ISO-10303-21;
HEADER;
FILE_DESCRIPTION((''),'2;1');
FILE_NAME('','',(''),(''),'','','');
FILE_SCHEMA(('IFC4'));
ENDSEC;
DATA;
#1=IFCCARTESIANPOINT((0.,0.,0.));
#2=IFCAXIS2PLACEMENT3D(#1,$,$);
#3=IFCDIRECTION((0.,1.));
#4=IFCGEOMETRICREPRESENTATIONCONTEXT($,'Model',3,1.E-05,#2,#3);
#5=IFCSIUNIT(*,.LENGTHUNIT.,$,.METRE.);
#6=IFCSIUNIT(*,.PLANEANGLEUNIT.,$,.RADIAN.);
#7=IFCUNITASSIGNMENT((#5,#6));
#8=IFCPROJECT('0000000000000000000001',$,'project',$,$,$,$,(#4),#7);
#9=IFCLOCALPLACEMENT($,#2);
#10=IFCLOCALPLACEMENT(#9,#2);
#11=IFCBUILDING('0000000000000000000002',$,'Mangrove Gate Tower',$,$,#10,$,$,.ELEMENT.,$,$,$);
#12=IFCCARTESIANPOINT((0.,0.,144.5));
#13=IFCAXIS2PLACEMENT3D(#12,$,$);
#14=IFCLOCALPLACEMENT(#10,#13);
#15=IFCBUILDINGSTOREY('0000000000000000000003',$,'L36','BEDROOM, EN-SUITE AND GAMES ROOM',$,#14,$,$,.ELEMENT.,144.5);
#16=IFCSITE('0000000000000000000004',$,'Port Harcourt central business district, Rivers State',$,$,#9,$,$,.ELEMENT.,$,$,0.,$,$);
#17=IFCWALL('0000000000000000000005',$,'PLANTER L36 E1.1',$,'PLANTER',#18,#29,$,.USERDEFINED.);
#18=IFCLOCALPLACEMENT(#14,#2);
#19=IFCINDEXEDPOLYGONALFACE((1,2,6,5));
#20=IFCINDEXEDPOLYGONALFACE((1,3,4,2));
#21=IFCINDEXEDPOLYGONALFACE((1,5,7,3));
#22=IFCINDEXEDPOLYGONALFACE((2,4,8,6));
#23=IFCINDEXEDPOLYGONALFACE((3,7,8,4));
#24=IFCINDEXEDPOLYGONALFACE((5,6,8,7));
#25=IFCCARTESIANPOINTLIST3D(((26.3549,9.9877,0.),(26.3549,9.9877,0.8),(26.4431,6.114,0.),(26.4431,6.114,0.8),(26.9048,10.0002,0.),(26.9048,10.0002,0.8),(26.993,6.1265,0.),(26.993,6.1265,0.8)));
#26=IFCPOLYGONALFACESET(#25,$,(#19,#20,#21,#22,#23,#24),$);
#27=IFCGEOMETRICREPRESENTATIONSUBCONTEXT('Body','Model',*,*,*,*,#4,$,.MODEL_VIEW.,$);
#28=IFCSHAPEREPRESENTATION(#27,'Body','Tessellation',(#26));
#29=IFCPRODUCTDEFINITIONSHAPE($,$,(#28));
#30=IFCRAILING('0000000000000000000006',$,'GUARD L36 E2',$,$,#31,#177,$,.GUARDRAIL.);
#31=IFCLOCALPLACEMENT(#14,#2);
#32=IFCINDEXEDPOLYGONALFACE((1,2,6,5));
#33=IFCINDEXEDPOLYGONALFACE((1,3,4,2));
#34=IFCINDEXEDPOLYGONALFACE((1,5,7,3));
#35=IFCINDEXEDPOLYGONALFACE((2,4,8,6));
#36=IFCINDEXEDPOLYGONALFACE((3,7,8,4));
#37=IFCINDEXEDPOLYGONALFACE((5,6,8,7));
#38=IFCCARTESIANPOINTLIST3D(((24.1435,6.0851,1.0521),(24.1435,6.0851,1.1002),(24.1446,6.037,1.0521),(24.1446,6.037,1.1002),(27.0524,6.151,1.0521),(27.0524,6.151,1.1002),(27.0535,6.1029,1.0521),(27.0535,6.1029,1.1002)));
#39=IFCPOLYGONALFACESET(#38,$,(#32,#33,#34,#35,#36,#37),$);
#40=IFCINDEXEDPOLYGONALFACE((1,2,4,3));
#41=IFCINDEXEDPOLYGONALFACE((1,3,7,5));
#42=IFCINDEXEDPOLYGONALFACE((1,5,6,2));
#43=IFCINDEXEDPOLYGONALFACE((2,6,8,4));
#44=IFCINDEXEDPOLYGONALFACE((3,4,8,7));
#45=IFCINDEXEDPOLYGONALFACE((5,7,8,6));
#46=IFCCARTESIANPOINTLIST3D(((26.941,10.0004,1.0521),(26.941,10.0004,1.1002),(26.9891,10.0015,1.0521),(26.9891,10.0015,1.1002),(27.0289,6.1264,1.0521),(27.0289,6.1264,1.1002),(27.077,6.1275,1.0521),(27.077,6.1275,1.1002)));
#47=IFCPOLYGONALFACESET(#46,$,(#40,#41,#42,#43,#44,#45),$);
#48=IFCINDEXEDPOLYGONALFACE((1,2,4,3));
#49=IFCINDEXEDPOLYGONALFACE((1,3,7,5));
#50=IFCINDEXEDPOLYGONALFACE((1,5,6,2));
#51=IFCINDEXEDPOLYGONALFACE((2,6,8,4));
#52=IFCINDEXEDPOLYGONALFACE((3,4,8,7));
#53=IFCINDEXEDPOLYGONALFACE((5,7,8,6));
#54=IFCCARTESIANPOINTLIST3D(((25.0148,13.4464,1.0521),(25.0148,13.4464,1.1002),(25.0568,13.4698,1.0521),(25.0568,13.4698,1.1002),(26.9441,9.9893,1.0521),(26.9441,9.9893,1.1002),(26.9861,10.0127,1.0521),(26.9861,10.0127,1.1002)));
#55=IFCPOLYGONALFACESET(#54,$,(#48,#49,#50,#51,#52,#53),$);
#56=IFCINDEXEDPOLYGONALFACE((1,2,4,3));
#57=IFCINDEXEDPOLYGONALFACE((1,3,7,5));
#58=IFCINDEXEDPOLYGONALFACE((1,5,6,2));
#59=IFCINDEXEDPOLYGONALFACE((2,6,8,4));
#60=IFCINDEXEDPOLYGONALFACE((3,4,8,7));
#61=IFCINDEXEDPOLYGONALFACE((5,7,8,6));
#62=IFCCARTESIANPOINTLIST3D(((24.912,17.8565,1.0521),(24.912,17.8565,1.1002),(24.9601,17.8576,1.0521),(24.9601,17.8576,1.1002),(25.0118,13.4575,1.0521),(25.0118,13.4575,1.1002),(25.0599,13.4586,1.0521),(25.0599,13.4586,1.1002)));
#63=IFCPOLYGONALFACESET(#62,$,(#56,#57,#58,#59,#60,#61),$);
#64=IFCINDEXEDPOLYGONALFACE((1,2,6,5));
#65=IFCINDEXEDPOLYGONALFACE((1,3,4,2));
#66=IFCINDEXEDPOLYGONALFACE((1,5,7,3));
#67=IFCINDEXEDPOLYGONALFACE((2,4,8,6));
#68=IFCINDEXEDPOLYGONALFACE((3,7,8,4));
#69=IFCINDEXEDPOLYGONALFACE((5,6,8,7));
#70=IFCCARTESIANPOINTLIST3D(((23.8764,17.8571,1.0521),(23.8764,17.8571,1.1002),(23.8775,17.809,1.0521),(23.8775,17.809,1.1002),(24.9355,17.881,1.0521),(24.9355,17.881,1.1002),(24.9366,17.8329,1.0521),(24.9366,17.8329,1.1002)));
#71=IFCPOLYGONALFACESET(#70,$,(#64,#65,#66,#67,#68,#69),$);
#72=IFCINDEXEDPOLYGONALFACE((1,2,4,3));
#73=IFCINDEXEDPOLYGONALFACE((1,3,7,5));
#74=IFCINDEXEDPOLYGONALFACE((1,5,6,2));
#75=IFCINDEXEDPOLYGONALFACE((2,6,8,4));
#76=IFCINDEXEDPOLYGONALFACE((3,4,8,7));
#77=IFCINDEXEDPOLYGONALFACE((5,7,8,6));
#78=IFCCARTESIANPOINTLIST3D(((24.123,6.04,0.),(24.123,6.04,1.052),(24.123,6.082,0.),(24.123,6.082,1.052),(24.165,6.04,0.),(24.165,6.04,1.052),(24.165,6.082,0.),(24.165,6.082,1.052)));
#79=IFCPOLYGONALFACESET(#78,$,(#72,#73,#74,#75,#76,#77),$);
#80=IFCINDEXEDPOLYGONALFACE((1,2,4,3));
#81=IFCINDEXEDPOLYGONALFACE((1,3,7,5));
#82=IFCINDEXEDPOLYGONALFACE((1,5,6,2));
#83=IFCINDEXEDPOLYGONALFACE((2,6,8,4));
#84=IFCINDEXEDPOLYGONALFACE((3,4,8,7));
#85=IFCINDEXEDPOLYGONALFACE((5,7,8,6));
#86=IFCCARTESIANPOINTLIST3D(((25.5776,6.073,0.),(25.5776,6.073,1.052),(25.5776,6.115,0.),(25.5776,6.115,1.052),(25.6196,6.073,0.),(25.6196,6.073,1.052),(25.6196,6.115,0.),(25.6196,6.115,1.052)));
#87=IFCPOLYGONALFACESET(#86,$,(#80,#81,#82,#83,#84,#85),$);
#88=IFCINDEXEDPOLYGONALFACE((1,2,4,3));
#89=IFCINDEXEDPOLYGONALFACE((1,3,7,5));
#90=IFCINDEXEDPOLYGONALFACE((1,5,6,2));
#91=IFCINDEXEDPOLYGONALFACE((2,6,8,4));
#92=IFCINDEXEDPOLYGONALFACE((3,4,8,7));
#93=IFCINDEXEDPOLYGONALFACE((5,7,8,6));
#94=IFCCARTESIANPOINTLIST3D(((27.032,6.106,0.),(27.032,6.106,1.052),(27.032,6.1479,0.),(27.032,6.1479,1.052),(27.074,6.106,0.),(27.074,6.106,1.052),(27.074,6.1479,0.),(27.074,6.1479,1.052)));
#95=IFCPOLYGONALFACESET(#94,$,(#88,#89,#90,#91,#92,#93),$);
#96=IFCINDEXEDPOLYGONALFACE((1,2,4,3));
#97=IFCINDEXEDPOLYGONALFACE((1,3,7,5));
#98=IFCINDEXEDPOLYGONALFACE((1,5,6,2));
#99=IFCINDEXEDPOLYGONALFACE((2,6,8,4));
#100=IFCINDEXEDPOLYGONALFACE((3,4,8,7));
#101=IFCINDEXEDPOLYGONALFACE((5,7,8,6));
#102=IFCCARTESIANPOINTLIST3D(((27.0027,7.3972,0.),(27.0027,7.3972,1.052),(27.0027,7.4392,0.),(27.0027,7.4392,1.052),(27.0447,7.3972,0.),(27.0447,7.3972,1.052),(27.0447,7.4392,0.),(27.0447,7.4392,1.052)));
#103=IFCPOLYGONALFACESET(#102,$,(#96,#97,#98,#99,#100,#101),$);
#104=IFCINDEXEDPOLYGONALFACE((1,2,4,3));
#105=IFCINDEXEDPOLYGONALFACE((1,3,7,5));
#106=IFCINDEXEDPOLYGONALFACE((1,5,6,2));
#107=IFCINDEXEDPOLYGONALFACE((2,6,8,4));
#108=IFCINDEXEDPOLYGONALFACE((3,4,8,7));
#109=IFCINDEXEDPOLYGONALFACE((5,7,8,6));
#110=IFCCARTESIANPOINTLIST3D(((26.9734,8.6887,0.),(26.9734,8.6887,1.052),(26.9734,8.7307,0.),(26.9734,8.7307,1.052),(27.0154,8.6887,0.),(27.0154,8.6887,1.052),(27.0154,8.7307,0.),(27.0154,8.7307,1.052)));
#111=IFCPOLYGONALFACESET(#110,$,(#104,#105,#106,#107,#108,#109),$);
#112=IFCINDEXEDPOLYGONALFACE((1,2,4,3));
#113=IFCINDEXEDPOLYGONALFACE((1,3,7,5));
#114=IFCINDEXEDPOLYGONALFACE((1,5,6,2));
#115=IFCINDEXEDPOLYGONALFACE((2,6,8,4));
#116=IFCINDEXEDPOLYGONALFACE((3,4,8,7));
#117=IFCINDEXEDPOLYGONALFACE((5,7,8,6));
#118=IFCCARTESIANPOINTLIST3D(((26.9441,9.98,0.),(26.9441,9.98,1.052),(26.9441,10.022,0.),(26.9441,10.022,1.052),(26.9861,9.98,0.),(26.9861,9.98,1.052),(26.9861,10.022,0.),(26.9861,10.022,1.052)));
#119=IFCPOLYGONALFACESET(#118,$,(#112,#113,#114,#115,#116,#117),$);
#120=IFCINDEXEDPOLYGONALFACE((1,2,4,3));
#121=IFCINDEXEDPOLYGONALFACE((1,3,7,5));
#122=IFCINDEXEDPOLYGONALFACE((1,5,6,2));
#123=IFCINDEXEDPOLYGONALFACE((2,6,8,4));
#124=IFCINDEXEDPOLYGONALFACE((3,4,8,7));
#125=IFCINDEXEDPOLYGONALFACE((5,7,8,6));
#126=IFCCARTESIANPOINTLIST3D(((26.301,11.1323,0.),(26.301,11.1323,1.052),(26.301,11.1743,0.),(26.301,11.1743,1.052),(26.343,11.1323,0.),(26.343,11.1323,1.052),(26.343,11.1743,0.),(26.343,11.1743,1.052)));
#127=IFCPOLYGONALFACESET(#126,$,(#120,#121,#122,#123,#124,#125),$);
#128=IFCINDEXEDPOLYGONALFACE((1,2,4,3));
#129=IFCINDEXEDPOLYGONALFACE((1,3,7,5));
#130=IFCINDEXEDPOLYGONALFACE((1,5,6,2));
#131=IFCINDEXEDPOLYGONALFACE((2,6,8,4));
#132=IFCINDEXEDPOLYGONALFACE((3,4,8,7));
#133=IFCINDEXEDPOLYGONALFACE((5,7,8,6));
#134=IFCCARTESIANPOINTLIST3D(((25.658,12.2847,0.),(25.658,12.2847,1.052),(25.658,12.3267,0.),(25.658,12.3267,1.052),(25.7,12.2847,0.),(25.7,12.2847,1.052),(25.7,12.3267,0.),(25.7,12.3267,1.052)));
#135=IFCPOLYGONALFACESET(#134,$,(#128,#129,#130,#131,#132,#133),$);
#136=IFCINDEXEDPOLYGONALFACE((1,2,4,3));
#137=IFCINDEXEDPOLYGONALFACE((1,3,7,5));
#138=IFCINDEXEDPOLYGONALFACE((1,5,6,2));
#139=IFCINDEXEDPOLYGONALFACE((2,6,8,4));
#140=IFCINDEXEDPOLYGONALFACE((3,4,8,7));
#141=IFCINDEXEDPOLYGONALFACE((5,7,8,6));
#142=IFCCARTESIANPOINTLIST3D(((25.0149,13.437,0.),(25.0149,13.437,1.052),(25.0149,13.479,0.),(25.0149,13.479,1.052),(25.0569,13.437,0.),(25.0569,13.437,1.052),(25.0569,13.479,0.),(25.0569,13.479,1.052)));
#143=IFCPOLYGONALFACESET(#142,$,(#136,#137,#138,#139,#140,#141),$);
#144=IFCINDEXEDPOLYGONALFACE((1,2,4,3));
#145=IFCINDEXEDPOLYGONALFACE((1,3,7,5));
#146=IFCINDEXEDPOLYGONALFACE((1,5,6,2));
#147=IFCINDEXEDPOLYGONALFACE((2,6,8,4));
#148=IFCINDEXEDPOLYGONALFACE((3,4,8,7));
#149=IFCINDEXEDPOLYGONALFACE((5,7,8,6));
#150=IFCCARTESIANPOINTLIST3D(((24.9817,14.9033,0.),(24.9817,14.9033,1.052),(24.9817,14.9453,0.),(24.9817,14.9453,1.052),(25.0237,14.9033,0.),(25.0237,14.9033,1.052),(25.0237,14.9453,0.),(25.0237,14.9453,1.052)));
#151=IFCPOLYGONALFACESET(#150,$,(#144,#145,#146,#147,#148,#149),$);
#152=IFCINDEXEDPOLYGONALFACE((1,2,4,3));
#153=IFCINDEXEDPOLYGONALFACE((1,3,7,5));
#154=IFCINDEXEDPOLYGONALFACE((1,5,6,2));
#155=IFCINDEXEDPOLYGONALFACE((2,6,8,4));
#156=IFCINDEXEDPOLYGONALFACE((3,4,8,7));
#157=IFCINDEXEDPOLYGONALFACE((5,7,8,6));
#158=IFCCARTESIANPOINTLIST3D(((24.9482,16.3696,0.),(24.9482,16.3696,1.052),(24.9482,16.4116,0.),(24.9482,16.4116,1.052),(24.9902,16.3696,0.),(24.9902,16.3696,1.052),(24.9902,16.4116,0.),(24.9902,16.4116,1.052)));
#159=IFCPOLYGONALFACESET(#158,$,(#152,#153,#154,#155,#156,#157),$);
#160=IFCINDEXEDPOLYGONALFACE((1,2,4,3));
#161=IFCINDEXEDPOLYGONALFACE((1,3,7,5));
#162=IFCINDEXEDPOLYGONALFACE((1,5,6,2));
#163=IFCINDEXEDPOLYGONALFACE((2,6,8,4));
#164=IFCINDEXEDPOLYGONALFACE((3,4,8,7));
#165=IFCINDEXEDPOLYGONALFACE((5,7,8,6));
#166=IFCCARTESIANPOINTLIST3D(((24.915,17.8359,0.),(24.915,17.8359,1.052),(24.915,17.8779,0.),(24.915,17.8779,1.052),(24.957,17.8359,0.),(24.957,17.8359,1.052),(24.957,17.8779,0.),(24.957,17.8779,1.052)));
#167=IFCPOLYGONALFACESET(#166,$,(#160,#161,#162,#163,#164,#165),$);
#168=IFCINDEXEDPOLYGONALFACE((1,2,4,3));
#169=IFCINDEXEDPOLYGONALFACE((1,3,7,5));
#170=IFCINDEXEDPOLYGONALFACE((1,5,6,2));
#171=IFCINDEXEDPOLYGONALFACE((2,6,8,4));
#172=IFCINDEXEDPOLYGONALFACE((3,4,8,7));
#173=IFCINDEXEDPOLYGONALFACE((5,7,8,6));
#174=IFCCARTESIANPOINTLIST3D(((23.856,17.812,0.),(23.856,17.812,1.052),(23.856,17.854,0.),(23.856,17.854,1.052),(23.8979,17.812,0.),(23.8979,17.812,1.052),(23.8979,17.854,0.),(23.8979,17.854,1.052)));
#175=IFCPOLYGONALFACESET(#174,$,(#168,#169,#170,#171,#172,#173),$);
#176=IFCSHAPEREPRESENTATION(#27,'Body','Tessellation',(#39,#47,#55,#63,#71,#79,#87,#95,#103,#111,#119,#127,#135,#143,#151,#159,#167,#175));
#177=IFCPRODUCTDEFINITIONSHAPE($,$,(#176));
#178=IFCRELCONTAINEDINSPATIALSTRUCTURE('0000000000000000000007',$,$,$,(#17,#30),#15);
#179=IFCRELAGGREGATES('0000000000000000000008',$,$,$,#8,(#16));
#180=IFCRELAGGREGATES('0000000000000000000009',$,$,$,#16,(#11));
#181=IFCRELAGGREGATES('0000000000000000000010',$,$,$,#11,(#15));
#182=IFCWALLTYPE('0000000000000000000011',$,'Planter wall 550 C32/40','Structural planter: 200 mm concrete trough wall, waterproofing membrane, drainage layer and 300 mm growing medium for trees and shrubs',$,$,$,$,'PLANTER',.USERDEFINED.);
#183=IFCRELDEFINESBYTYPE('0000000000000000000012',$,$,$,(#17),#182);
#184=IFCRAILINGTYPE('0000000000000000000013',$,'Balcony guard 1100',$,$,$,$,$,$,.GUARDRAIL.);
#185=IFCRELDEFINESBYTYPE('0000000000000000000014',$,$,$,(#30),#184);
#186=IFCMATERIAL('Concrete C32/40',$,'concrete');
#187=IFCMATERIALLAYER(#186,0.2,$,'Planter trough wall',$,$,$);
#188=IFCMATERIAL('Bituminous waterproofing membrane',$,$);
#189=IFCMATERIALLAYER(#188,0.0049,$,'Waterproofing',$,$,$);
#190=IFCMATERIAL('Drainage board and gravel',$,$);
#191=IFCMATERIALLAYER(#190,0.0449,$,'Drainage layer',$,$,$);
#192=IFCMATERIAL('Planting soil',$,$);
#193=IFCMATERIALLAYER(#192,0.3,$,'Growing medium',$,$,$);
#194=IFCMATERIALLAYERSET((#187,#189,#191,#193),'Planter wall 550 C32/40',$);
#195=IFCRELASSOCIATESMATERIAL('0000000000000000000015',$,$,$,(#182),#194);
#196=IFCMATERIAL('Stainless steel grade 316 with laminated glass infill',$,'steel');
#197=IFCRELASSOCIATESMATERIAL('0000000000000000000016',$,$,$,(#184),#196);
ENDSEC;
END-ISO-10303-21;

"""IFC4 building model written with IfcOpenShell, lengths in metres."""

from ifc_helpers import new_model, si_unit, direction, frame, frame_2d, origin, origin_2d, place, context, subcontext, project, spatial, rectangle, extrude, material, layer, layer_set, type_object, element, save


model = new_model("IFC4")

# Units and contexts
model_context = context("Model", 3, precision=1e-05, world=origin(), true_north=direction((0.0, 1.0)))
body_context = subcontext(model_context, "Body", "Model", "MODEL_VIEW")
ifc_project = project(units=[si_unit("LENGTHUNIT", "METRE"), si_unit("PLANEANGLEUNIT", "RADIAN")], contexts=[model_context])

# Site, building, storey
site_placement = place(None, origin())
site = spatial("IfcSite", under=ifc_project, at=site_placement, Name="Port Harcourt central business district, Rivers State", CompositionType="ELEMENT", RefElevation=0.0)
building_placement = place(site_placement, origin())
building = spatial("IfcBuilding", under=site, at=building_placement, Name="Mangrove Gate Tower", CompositionType="ELEMENT")
storey_placement = place(building_placement, frame((0.0, 0.0, 144.5)))
storey = spatial("IfcBuildingStorey", under=building, at=storey_placement, Name="L36", Description="BEDROOM, EN-SUITE AND GAMES ROOM", CompositionType="ELEMENT", Elevation=144.5)

# Wall
ifc_material_1 = material(Name="Concrete C32/40", Category="concrete")
ifc_layer_1 = layer(ifc_material_1, 0.2, Name="Planter trough wall")
ifc_material_2 = material(Name="Bituminous waterproofing membrane")
ifc_layer_2 = layer(ifc_material_2, 0.0049, Name="Waterproofing")
ifc_material_3 = material(Name="Drainage board and gravel")
ifc_layer_3 = layer(ifc_material_3, 0.0449, Name="Drainage layer")
ifc_material_4 = material(Name="Planting soil")
ifc_layer_4 = layer(ifc_material_4, 0.3, Name="Growing medium")
ifc_layer_set_1 = layer_set([ifc_layer_1, ifc_layer_2, ifc_layer_3, ifc_layer_4], Name="Planter wall 550 C32/40")
wall_type_1 = type_object("IfcWallType", Name="Planter wall 550 C32/40", Description="Structural planter: 200 mm concrete trough wall, waterproofing membrane, drainage layer and 300 mm growing medium for trees and shrubs", ElementType="PLANTER", PredefinedType="USERDEFINED", material=ifc_layer_set_1)
wall_1_placement = place(storey_placement, frame((26.718, 6.1201, 0.0), z_axis=(0.0, 0.0, 1.0), x_axis=(-0.022746, 0.999741, 0.0)))
element("IfcWall", 1, at=wall_1_placement, inside=storey, type_object=wall_type_1, Name="PLANTER L36 E1.1", ObjectType="PLANTER", PredefinedType="USERDEFINED", context=body_context, shape_type="SweptSolid", body=[
    extrude(rectangle(XDim=3.8748, YDim=0.55, at=frame_2d((1.9375, 0.0))), origin(), (0.0, 0.0, 1.0), 0.8),
])

# Railing
ifc_material_5 = material(Name="Stainless steel grade 316 with laminated glass infill", Category="steel")
railing_type = type_object("IfcRailingType", Name="Balcony guard 1100", PredefinedType="GUARDRAIL", material=ifc_material_5)
railing_placement = place(storey_placement, frame((24.144, 6.061, 0.0)))
element("IfcRailing", 2, at=railing_placement, inside=storey, type_object=railing_type, Name="GUARD L36 E2", PredefinedType="GUARDRAIL", context=body_context, shape_type="SweptSolid", body=[
    extrude(rectangle(XDim=0.0481, YDim=0.0481, at=origin_2d()), frame((0.0, 0.0, 1.0762), z_axis=(0.999743, 0.022655, 0.0), x_axis=(-0.022655, 0.999743, 0.0)), (0.0, 0.0, 1.0), 2.9097),
    extrude(rectangle(XDim=0.0481, YDim=0.0481, at=origin_2d()), frame((2.9089, 0.0659, 1.0762), z_axis=(-0.022681, 0.999743, 0.0), x_axis=(-0.999743, -0.022681, 0.0)), (0.0, 0.0, 1.0), 3.875),
    extrude(rectangle(XDim=0.0481, YDim=0.0481, at=origin_2d()), frame((2.821, 3.9399, 1.0762), z_axis=(-0.487307, 0.873231, 0.0), x_axis=(-0.873231, -0.487307, 0.0)), (0.0, 0.0, 1.0), 3.959),
    extrude(rectangle(XDim=0.0481, YDim=0.0481, at=origin_2d()), frame((0.8918, 7.397, 1.0762), z_axis=(-0.022694, 0.999742, 0.0), x_axis=(-0.999742, -0.022694, 0.0)), (0.0, 0.0, 1.0), 4.4001),
    extrude(rectangle(XDim=0.0481, YDim=0.0481, at=origin_2d()), frame((0.792, 11.7959, 1.0762), z_axis=(-0.999745, -0.022585, 0.0), x_axis=(0.022585, -0.999745, 0.0)), (0.0, 0.0, 1.0), 1.0593),
    extrude(rectangle(XDim=0.042, YDim=0.042, at=origin_2d()), origin(), (0.0, 0.0, 1.0), 1.052),
    extrude(rectangle(XDim=0.042, YDim=0.042, at=origin_2d()), frame((1.4546, 0.033, 0.0)), (0.0, 0.0, 1.0), 1.052),
    extrude(rectangle(XDim=0.042, YDim=0.042, at=origin_2d()), frame((2.9089, 0.0659, 0.0)), (0.0, 0.0, 1.0), 1.052),
    extrude(rectangle(XDim=0.042, YDim=0.042, at=origin_2d()), frame((2.8796, 1.3572, 0.0)), (0.0, 0.0, 1.0), 1.052),
    extrude(rectangle(XDim=0.042, YDim=0.042, at=origin_2d()), frame((2.8503, 2.6487, 0.0)), (0.0, 0.0, 1.0), 1.052),
    extrude(rectangle(XDim=0.042, YDim=0.042, at=origin_2d()), frame((2.821, 3.9399, 0.0)), (0.0, 0.0, 1.0), 1.052),
    extrude(rectangle(XDim=0.042, YDim=0.042, at=origin_2d()), frame((2.178, 5.0923, 0.0)), (0.0, 0.0, 1.0), 1.052),
    extrude(rectangle(XDim=0.042, YDim=0.042, at=origin_2d()), frame((1.5349, 6.2446, 0.0)), (0.0, 0.0, 1.0), 1.052),
    extrude(rectangle(XDim=0.042, YDim=0.042, at=origin_2d()), frame((0.8918, 7.397, 0.0)), (0.0, 0.0, 1.0), 1.052),
    extrude(rectangle(XDim=0.042, YDim=0.042, at=origin_2d()), frame((0.8586, 8.8633, 0.0)), (0.0, 0.0, 1.0), 1.052),
    extrude(rectangle(XDim=0.042, YDim=0.042, at=origin_2d()), frame((0.8252, 10.3296, 0.0)), (0.0, 0.0, 1.0), 1.052),
    extrude(rectangle(XDim=0.042, YDim=0.042, at=origin_2d()), frame((0.792, 11.7959, 0.0)), (0.0, 0.0, 1.0), 1.052),
    extrude(rectangle(XDim=0.042, YDim=0.042, at=origin_2d()), frame((-0.2671, 11.772, 0.0)), (0.0, 0.0, 1.0), 1.052),
])

save(model, "model.ifc")
